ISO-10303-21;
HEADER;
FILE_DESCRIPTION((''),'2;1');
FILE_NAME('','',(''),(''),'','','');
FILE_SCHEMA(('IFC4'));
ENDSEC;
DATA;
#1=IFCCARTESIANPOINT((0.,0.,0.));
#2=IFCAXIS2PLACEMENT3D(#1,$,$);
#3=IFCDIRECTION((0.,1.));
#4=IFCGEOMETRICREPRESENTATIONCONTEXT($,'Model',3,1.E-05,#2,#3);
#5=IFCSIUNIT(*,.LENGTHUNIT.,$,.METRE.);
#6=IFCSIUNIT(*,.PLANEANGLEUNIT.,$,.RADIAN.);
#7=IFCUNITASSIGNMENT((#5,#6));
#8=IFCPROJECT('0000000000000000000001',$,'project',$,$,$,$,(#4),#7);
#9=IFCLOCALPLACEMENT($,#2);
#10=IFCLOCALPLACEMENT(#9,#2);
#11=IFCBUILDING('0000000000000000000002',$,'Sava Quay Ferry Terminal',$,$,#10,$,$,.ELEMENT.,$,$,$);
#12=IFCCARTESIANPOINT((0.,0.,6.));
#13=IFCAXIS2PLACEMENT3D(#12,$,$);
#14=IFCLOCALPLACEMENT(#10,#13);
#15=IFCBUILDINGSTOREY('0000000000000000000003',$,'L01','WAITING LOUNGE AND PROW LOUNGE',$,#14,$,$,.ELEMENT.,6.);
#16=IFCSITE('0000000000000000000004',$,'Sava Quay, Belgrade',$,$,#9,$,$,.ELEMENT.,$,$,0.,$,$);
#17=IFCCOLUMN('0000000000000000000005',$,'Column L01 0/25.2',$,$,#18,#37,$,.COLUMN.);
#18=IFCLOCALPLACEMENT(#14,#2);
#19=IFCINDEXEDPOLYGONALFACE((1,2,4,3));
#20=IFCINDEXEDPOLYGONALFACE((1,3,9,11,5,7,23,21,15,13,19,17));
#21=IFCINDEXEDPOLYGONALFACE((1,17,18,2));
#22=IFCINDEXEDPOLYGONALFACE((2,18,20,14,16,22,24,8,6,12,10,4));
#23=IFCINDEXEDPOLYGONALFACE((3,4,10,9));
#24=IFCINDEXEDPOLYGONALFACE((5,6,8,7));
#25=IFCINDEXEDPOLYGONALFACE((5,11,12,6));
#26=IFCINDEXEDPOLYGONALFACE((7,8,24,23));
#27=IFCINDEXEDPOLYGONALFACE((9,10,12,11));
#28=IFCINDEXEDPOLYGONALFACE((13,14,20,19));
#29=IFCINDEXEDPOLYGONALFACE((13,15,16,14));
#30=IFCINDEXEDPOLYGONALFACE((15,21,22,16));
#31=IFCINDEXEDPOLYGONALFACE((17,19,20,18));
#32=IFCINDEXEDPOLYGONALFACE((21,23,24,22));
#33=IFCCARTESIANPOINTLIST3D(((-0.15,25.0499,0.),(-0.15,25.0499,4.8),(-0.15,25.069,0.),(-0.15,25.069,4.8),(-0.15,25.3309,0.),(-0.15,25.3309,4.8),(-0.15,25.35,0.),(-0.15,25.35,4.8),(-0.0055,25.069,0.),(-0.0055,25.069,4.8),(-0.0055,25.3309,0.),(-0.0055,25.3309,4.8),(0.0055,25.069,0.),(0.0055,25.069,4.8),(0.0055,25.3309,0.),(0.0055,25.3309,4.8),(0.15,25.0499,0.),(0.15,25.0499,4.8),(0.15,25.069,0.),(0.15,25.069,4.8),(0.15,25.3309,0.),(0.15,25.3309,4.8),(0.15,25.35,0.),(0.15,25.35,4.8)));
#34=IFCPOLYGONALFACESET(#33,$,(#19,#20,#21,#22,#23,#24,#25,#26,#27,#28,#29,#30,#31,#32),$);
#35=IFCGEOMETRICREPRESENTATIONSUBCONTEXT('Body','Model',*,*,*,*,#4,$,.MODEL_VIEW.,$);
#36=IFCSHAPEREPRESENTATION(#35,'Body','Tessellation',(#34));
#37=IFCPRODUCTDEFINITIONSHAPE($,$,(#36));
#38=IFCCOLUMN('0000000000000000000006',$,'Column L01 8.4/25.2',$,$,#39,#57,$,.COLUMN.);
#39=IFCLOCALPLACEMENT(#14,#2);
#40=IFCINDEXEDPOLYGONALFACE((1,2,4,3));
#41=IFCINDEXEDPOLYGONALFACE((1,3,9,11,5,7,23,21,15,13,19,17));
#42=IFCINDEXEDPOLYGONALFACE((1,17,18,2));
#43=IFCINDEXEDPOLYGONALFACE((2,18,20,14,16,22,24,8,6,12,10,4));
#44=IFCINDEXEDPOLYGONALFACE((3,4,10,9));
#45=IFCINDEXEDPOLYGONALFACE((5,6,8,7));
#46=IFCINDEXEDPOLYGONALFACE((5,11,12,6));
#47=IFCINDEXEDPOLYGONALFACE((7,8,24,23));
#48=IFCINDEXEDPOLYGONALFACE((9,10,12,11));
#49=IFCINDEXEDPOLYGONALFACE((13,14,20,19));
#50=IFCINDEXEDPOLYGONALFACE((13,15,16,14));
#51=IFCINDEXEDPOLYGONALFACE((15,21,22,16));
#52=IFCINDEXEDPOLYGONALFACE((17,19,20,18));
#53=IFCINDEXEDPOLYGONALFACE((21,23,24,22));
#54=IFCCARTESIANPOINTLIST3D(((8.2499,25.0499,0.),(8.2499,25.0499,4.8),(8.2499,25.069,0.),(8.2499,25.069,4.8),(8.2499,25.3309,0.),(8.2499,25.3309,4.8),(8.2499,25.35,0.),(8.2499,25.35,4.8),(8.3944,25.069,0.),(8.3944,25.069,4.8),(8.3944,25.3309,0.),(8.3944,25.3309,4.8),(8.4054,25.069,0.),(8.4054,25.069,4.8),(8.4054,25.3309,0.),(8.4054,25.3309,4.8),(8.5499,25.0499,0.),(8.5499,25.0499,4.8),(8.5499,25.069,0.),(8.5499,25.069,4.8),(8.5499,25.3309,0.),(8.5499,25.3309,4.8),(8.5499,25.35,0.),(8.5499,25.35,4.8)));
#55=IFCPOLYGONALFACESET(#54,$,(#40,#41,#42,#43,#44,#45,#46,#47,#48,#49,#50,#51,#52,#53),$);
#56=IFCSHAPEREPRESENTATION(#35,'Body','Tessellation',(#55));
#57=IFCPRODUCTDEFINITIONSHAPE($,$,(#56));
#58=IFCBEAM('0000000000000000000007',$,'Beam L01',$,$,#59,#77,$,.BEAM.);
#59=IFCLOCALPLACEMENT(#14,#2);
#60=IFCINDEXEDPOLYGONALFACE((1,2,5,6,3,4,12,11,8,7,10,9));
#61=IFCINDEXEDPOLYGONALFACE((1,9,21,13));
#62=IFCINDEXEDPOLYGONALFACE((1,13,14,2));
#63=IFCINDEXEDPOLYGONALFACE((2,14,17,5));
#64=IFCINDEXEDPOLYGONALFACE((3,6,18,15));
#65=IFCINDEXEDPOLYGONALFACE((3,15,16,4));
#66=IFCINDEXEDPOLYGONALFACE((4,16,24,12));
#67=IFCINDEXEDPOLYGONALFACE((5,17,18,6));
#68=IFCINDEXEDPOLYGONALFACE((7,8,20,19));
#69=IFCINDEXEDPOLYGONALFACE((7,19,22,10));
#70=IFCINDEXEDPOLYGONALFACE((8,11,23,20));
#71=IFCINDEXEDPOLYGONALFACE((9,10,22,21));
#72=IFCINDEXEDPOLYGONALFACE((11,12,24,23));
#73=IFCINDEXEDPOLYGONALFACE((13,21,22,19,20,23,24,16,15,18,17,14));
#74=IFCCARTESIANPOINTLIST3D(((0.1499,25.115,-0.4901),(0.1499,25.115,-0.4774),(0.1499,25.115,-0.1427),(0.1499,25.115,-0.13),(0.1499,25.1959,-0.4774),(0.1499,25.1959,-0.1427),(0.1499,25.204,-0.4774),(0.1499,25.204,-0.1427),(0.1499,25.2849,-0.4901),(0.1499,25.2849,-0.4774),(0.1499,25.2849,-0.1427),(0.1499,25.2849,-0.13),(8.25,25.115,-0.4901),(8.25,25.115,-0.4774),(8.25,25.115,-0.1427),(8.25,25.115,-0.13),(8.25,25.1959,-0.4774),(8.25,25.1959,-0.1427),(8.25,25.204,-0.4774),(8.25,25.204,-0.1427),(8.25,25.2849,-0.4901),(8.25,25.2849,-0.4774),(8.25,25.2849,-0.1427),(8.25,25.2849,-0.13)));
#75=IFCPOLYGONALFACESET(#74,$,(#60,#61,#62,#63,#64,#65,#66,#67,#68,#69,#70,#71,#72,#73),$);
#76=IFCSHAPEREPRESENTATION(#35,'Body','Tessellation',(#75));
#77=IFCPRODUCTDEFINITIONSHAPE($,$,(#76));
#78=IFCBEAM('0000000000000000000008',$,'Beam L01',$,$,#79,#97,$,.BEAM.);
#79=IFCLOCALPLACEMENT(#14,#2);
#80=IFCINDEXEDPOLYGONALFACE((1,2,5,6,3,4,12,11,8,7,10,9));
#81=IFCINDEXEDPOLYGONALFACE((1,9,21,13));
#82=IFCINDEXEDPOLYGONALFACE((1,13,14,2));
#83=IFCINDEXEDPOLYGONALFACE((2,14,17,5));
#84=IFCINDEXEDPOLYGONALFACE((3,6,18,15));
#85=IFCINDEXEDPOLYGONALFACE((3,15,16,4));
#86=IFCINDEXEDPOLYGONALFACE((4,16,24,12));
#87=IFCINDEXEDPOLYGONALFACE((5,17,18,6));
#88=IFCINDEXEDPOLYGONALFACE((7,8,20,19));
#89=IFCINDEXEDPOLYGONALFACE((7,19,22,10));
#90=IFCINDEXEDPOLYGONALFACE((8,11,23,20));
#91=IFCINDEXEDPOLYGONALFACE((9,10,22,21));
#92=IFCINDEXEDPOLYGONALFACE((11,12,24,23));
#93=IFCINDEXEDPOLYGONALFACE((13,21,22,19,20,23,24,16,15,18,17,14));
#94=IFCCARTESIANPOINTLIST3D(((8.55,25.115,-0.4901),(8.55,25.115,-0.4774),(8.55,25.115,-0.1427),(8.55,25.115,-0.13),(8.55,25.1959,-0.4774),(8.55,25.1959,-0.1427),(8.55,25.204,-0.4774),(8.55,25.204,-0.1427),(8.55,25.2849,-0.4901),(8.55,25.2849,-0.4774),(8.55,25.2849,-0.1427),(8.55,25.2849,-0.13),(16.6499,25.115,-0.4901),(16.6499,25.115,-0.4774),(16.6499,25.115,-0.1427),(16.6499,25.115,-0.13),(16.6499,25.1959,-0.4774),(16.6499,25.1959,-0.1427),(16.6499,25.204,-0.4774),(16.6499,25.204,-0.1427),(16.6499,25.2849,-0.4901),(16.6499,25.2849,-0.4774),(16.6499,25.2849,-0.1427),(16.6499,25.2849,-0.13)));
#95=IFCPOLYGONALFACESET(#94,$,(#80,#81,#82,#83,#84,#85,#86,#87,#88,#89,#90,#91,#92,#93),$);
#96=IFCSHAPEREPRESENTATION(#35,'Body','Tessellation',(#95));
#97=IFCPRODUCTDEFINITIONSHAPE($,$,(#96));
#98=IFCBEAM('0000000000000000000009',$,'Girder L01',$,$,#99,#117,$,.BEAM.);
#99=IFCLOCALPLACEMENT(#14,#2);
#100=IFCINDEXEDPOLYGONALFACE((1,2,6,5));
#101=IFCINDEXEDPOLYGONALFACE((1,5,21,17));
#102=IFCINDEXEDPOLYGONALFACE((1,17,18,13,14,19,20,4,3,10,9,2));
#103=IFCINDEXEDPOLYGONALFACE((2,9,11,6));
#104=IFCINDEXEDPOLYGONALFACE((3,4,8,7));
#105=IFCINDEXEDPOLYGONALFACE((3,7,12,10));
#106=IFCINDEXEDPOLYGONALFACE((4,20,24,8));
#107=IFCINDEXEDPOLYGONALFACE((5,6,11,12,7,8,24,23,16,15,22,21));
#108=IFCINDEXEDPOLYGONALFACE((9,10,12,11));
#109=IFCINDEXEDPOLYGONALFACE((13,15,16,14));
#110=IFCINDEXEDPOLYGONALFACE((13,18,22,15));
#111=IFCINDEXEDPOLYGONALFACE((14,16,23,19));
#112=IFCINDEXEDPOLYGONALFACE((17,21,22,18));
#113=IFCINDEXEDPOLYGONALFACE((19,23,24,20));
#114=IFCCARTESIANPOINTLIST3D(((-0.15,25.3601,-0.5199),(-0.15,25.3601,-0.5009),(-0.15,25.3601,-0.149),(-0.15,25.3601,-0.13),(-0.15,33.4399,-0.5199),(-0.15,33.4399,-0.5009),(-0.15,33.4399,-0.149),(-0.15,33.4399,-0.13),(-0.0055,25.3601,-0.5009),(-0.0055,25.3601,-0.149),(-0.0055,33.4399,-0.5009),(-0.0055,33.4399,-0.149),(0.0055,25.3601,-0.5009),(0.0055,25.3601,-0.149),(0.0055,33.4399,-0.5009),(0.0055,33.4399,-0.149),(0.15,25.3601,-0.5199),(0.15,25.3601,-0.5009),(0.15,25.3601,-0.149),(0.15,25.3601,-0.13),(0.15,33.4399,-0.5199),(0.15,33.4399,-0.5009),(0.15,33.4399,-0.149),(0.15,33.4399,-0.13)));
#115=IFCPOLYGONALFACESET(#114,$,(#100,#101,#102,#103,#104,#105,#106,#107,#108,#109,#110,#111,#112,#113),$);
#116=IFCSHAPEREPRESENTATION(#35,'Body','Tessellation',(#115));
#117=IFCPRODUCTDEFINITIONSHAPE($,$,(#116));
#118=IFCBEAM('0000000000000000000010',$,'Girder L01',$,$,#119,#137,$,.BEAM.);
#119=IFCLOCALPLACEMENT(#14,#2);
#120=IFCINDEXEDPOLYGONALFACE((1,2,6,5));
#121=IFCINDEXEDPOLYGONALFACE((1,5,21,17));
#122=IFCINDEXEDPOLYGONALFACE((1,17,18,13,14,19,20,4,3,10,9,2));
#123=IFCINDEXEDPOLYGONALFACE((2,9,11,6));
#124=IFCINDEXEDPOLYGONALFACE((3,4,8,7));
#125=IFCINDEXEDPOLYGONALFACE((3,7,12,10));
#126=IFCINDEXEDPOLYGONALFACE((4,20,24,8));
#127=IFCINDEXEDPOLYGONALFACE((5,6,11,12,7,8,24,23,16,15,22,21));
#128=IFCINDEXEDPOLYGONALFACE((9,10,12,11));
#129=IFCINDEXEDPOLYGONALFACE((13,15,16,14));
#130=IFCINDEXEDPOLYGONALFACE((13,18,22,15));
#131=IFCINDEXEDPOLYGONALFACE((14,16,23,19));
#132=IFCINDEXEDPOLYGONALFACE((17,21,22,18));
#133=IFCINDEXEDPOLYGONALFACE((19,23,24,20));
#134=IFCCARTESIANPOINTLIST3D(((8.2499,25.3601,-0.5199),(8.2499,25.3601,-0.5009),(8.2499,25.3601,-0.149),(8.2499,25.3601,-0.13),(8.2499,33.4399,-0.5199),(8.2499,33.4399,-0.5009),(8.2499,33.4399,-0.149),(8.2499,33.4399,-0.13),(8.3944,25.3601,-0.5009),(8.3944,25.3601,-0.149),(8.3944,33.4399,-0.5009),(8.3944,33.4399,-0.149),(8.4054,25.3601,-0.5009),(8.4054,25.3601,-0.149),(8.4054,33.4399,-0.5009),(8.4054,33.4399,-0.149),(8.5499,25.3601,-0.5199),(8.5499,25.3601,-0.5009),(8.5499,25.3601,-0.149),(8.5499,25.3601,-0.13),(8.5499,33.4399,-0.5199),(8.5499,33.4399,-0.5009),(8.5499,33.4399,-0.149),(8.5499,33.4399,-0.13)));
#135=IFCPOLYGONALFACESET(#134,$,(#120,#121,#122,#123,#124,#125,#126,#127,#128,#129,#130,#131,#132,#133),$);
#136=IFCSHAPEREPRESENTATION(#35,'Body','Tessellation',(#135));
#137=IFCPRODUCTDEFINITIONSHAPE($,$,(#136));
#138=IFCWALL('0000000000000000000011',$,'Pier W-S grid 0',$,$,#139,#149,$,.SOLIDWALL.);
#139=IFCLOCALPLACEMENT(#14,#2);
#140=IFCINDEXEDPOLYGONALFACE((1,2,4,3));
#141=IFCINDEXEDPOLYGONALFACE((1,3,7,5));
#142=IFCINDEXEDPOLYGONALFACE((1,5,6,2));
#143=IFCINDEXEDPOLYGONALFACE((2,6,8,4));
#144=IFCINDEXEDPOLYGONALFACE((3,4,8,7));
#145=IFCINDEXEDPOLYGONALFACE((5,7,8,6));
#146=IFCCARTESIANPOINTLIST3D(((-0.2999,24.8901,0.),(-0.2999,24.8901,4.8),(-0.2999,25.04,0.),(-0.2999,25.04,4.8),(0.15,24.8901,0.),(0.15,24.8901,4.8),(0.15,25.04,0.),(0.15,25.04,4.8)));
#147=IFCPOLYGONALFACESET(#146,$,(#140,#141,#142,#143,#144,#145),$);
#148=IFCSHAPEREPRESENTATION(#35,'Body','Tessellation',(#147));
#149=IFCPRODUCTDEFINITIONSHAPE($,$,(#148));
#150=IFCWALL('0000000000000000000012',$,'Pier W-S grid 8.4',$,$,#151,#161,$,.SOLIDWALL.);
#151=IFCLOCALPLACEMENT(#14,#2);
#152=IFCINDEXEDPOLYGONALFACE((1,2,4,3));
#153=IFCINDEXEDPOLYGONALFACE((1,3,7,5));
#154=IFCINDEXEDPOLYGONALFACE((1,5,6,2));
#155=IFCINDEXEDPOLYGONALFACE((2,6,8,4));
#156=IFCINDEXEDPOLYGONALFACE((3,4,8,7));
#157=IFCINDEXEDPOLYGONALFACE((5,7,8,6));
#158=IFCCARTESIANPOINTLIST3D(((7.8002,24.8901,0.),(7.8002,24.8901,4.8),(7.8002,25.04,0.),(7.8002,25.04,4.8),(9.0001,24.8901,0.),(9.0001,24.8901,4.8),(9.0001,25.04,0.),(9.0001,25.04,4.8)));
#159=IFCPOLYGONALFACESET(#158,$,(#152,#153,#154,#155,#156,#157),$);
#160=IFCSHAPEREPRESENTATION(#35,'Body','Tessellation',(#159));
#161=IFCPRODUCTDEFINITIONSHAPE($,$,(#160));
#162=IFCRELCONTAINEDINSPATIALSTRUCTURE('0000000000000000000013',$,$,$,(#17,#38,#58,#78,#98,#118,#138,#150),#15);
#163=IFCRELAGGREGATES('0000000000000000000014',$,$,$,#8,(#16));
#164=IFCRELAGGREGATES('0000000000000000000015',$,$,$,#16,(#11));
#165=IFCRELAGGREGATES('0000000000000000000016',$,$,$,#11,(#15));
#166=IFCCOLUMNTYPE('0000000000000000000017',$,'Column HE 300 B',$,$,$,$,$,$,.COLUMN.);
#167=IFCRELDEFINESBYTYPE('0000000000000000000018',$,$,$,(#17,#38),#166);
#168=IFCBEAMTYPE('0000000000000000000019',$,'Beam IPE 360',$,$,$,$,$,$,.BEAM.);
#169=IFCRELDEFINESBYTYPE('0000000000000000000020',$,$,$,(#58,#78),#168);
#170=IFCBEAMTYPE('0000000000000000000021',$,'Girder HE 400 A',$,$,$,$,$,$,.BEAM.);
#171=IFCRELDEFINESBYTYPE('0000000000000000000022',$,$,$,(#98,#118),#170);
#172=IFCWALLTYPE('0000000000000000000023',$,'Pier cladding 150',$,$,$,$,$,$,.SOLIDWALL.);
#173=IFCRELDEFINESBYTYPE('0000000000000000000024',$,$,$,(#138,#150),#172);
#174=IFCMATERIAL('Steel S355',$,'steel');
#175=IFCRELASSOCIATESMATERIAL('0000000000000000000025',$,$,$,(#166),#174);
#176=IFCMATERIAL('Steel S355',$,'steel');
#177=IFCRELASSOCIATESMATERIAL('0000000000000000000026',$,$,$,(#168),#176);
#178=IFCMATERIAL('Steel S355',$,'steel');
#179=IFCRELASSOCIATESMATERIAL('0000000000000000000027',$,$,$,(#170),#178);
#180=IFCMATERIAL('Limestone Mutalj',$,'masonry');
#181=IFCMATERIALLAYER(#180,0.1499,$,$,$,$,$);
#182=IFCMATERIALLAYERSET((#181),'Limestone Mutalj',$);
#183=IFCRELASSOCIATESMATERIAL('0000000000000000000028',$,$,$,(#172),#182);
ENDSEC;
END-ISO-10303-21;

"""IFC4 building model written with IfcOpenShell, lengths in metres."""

from ifc_helpers import new_model, si_unit, direction, frame, frame_2d, origin, origin_2d, place, context, subcontext, project, spatial, rectangle, i_section, extrude, material, layer, layer_set, material_profile, profile_set, type_object, element, save


model = new_model("IFC4")

# Units and contexts
model_context = context("Model", 3, precision=1e-05, world=origin(), true_north=direction((0.0, 1.0)))
body_context = subcontext(model_context, "Body", "Model", "MODEL_VIEW")
ifc_project = project(units=[si_unit("LENGTHUNIT", "METRE"), si_unit("PLANEANGLEUNIT", "RADIAN")], contexts=[model_context])

# Site, building, storey
site_placement = place(None, origin())
site = spatial("IfcSite", under=ifc_project, at=site_placement, Name="Sava Quay, Belgrade", CompositionType="ELEMENT", RefElevation=0.0)
building_placement = place(site_placement, origin())
building = spatial("IfcBuilding", under=site, at=building_placement, Name="Sava Quay Ferry Terminal", CompositionType="ELEMENT")
storey_placement = place(building_placement, frame((0.0, 0.0, 6.0)))
storey = spatial("IfcBuildingStorey", under=building, at=storey_placement, Name="L01", Description="WAITING LOUNGE AND PROW LOUNGE", CompositionType="ELEMENT", Elevation=6.0)

# Columns
ifc_material_1 = material(Name="Steel S355", Category="steel")
ifc_material_profile_1 = material_profile(ifc_material_1, i_section(OverallWidth=0.3, OverallDepth=0.3, WebThickness=0.011, FlangeThickness=0.019, at=origin_2d()), Name="HE 300 B")
ifc_profile_set_1 = profile_set([ifc_material_profile_1], Name="Steel S355")
column_type = type_object("IfcColumnType", Name="Column HE 300 B", PredefinedType="COLUMN", material=ifc_profile_set_1)
for number, where, z_axis, x_axis, name in (
    (1, (0.0, 25.2, 0.0), (0.0, 0.0, 1.0), (1.0, 0.0, 0.0), "Column L01 0/25.2"),
    (2, (8.3999, 25.2, 0.0), (0.0, 0.0, 1.0), (1.0, 0.0, 0.0), "Column L01 8.4/25.2"),
):
    element("IfcColumn", number, at=place(storey_placement, frame(where, z_axis=z_axis, x_axis=x_axis)), inside=storey, type_object=column_type, Name=name, PredefinedType="COLUMN", context=body_context, shape_type="SweptSolid", body=[
        extrude(i_section(OverallWidth=0.3, OverallDepth=0.3, WebThickness=0.011, FlangeThickness=0.019, at=origin_2d()), origin(), (0.0, 0.0, 1.0), 4.8),
    ])

# Beams
ifc_material_2 = material(Name="Steel S355", Category="steel")
ifc_material_profile_2 = material_profile(ifc_material_2, i_section(OverallWidth=0.1699, OverallDepth=0.3601, WebThickness=0.0081, FlangeThickness=0.0127, at=origin_2d()), Name="IPE 360")
ifc_profile_set_2 = profile_set([ifc_material_profile_2], Name="Steel S355")
beam_type_1 = type_object("IfcBeamType", Name="Beam IPE 360", PredefinedType="BEAM", material=ifc_profile_set_2)
beam_1_placement = place(storey_placement, frame((0.1499, 25.2, -0.3101), z_axis=(1.0, 0.0, 0.0), x_axis=(0.0, 1.0, 0.0)))
element("IfcBeam", 3, at=beam_1_placement, inside=storey, type_object=beam_type_1, Name="Beam L01", PredefinedType="BEAM", context=body_context, shape_type="SweptSolid", body=[
    extrude(i_section(OverallWidth=0.1699, OverallDepth=0.3601, WebThickness=0.0081, FlangeThickness=0.0127, at=origin_2d()), origin(), (0.0, 0.0, 1.0), 8.1001),
])
beam_2_placement = place(storey_placement, frame((8.55, 25.2, -0.3101), z_axis=(1.0, 0.0, 0.0), x_axis=(0.0, 1.0, 0.0)))
element("IfcBeam", 4, at=beam_2_placement, inside=storey, type_object=beam_type_1, Name="Beam L01", PredefinedType="BEAM", context=body_context, shape_type="SweptSolid", body=[
    extrude(i_section(OverallWidth=0.1699, OverallDepth=0.3601, WebThickness=0.0081, FlangeThickness=0.0127, at=origin_2d()), origin(), (0.0, 0.0, 1.0), 8.0999),
])
ifc_material_3 = material(Name="Steel S355", Category="steel")
ifc_material_profile_3 = material_profile(ifc_material_3, i_section(OverallWidth=0.3, OverallDepth=0.3899, WebThickness=0.011, FlangeThickness=0.019, at=origin_2d()), Name="HE 400 A")
ifc_profile_set_3 = profile_set([ifc_material_profile_3], Name="Steel S355")
beam_type_2 = type_object("IfcBeamType", Name="Girder HE 400 A", PredefinedType="BEAM", material=ifc_profile_set_3)
for number, where, z_axis, x_axis, name in (
    (5, (0.0, 25.3601, -0.325), (0.0, 1.0, 0.0), (-1.0, 0.0, 0.0), "Girder L01"),
    (6, (8.3999, 25.3601, -0.325), (0.0, 1.0, 0.0), (-1.0, 0.0, 0.0), "Girder L01"),
):
    element("IfcBeam", number, at=place(storey_placement, frame(where, z_axis=z_axis, x_axis=x_axis)), inside=storey, type_object=beam_type_2, Name=name, PredefinedType="BEAM", context=body_context, shape_type="SweptSolid", body=[
        extrude(i_section(OverallWidth=0.3, OverallDepth=0.3899, WebThickness=0.011, FlangeThickness=0.019, at=origin_2d()), origin(), (0.0, 0.0, 1.0), 8.0798),
    ])

# Walls
ifc_material_4 = material(Name="Limestone Mutalj", Category="masonry")
ifc_layer_1 = layer(ifc_material_4, 0.1499)
ifc_layer_set_1 = layer_set([ifc_layer_1], Name="Limestone Mutalj")
wall_type_1 = type_object("IfcWallType", Name="Pier cladding 150", PredefinedType="SOLIDWALL", material=ifc_layer_set_1)
wall_1_placement = place(storey_placement, frame((-0.3, 24.9651, 0.0), z_axis=(0.0, 0.0, 1.0), x_axis=(1.0, 0.0, 0.0)))
element("IfcWall", 7, at=wall_1_placement, inside=storey, type_object=wall_type_1, Name="Pier W-S grid 0", PredefinedType="SOLIDWALL", context=body_context, shape_type="SweptSolid", body=[
    extrude(rectangle(XDim=0.45, YDim=0.1499, at=frame_2d((0.2251, 0.0))), origin(), (0.0, 0.0, 1.0), 4.8),
])
wall_2_placement = place(storey_placement, frame((7.8, 24.9651, 0.0), z_axis=(0.0, 0.0, 1.0), x_axis=(1.0, 0.0, 0.0)))
element("IfcWall", 8, at=wall_2_placement, inside=storey, type_object=wall_type_1, Name="Pier W-S grid 8.4", PredefinedType="SOLIDWALL", context=body_context, shape_type="SweptSolid", body=[
    extrude(rectangle(XDim=1.2, YDim=0.1499, at=frame_2d((0.6001, 0.0))), origin(), (0.0, 0.0, 1.0), 4.8),
])

save(model, "model.ifc")
